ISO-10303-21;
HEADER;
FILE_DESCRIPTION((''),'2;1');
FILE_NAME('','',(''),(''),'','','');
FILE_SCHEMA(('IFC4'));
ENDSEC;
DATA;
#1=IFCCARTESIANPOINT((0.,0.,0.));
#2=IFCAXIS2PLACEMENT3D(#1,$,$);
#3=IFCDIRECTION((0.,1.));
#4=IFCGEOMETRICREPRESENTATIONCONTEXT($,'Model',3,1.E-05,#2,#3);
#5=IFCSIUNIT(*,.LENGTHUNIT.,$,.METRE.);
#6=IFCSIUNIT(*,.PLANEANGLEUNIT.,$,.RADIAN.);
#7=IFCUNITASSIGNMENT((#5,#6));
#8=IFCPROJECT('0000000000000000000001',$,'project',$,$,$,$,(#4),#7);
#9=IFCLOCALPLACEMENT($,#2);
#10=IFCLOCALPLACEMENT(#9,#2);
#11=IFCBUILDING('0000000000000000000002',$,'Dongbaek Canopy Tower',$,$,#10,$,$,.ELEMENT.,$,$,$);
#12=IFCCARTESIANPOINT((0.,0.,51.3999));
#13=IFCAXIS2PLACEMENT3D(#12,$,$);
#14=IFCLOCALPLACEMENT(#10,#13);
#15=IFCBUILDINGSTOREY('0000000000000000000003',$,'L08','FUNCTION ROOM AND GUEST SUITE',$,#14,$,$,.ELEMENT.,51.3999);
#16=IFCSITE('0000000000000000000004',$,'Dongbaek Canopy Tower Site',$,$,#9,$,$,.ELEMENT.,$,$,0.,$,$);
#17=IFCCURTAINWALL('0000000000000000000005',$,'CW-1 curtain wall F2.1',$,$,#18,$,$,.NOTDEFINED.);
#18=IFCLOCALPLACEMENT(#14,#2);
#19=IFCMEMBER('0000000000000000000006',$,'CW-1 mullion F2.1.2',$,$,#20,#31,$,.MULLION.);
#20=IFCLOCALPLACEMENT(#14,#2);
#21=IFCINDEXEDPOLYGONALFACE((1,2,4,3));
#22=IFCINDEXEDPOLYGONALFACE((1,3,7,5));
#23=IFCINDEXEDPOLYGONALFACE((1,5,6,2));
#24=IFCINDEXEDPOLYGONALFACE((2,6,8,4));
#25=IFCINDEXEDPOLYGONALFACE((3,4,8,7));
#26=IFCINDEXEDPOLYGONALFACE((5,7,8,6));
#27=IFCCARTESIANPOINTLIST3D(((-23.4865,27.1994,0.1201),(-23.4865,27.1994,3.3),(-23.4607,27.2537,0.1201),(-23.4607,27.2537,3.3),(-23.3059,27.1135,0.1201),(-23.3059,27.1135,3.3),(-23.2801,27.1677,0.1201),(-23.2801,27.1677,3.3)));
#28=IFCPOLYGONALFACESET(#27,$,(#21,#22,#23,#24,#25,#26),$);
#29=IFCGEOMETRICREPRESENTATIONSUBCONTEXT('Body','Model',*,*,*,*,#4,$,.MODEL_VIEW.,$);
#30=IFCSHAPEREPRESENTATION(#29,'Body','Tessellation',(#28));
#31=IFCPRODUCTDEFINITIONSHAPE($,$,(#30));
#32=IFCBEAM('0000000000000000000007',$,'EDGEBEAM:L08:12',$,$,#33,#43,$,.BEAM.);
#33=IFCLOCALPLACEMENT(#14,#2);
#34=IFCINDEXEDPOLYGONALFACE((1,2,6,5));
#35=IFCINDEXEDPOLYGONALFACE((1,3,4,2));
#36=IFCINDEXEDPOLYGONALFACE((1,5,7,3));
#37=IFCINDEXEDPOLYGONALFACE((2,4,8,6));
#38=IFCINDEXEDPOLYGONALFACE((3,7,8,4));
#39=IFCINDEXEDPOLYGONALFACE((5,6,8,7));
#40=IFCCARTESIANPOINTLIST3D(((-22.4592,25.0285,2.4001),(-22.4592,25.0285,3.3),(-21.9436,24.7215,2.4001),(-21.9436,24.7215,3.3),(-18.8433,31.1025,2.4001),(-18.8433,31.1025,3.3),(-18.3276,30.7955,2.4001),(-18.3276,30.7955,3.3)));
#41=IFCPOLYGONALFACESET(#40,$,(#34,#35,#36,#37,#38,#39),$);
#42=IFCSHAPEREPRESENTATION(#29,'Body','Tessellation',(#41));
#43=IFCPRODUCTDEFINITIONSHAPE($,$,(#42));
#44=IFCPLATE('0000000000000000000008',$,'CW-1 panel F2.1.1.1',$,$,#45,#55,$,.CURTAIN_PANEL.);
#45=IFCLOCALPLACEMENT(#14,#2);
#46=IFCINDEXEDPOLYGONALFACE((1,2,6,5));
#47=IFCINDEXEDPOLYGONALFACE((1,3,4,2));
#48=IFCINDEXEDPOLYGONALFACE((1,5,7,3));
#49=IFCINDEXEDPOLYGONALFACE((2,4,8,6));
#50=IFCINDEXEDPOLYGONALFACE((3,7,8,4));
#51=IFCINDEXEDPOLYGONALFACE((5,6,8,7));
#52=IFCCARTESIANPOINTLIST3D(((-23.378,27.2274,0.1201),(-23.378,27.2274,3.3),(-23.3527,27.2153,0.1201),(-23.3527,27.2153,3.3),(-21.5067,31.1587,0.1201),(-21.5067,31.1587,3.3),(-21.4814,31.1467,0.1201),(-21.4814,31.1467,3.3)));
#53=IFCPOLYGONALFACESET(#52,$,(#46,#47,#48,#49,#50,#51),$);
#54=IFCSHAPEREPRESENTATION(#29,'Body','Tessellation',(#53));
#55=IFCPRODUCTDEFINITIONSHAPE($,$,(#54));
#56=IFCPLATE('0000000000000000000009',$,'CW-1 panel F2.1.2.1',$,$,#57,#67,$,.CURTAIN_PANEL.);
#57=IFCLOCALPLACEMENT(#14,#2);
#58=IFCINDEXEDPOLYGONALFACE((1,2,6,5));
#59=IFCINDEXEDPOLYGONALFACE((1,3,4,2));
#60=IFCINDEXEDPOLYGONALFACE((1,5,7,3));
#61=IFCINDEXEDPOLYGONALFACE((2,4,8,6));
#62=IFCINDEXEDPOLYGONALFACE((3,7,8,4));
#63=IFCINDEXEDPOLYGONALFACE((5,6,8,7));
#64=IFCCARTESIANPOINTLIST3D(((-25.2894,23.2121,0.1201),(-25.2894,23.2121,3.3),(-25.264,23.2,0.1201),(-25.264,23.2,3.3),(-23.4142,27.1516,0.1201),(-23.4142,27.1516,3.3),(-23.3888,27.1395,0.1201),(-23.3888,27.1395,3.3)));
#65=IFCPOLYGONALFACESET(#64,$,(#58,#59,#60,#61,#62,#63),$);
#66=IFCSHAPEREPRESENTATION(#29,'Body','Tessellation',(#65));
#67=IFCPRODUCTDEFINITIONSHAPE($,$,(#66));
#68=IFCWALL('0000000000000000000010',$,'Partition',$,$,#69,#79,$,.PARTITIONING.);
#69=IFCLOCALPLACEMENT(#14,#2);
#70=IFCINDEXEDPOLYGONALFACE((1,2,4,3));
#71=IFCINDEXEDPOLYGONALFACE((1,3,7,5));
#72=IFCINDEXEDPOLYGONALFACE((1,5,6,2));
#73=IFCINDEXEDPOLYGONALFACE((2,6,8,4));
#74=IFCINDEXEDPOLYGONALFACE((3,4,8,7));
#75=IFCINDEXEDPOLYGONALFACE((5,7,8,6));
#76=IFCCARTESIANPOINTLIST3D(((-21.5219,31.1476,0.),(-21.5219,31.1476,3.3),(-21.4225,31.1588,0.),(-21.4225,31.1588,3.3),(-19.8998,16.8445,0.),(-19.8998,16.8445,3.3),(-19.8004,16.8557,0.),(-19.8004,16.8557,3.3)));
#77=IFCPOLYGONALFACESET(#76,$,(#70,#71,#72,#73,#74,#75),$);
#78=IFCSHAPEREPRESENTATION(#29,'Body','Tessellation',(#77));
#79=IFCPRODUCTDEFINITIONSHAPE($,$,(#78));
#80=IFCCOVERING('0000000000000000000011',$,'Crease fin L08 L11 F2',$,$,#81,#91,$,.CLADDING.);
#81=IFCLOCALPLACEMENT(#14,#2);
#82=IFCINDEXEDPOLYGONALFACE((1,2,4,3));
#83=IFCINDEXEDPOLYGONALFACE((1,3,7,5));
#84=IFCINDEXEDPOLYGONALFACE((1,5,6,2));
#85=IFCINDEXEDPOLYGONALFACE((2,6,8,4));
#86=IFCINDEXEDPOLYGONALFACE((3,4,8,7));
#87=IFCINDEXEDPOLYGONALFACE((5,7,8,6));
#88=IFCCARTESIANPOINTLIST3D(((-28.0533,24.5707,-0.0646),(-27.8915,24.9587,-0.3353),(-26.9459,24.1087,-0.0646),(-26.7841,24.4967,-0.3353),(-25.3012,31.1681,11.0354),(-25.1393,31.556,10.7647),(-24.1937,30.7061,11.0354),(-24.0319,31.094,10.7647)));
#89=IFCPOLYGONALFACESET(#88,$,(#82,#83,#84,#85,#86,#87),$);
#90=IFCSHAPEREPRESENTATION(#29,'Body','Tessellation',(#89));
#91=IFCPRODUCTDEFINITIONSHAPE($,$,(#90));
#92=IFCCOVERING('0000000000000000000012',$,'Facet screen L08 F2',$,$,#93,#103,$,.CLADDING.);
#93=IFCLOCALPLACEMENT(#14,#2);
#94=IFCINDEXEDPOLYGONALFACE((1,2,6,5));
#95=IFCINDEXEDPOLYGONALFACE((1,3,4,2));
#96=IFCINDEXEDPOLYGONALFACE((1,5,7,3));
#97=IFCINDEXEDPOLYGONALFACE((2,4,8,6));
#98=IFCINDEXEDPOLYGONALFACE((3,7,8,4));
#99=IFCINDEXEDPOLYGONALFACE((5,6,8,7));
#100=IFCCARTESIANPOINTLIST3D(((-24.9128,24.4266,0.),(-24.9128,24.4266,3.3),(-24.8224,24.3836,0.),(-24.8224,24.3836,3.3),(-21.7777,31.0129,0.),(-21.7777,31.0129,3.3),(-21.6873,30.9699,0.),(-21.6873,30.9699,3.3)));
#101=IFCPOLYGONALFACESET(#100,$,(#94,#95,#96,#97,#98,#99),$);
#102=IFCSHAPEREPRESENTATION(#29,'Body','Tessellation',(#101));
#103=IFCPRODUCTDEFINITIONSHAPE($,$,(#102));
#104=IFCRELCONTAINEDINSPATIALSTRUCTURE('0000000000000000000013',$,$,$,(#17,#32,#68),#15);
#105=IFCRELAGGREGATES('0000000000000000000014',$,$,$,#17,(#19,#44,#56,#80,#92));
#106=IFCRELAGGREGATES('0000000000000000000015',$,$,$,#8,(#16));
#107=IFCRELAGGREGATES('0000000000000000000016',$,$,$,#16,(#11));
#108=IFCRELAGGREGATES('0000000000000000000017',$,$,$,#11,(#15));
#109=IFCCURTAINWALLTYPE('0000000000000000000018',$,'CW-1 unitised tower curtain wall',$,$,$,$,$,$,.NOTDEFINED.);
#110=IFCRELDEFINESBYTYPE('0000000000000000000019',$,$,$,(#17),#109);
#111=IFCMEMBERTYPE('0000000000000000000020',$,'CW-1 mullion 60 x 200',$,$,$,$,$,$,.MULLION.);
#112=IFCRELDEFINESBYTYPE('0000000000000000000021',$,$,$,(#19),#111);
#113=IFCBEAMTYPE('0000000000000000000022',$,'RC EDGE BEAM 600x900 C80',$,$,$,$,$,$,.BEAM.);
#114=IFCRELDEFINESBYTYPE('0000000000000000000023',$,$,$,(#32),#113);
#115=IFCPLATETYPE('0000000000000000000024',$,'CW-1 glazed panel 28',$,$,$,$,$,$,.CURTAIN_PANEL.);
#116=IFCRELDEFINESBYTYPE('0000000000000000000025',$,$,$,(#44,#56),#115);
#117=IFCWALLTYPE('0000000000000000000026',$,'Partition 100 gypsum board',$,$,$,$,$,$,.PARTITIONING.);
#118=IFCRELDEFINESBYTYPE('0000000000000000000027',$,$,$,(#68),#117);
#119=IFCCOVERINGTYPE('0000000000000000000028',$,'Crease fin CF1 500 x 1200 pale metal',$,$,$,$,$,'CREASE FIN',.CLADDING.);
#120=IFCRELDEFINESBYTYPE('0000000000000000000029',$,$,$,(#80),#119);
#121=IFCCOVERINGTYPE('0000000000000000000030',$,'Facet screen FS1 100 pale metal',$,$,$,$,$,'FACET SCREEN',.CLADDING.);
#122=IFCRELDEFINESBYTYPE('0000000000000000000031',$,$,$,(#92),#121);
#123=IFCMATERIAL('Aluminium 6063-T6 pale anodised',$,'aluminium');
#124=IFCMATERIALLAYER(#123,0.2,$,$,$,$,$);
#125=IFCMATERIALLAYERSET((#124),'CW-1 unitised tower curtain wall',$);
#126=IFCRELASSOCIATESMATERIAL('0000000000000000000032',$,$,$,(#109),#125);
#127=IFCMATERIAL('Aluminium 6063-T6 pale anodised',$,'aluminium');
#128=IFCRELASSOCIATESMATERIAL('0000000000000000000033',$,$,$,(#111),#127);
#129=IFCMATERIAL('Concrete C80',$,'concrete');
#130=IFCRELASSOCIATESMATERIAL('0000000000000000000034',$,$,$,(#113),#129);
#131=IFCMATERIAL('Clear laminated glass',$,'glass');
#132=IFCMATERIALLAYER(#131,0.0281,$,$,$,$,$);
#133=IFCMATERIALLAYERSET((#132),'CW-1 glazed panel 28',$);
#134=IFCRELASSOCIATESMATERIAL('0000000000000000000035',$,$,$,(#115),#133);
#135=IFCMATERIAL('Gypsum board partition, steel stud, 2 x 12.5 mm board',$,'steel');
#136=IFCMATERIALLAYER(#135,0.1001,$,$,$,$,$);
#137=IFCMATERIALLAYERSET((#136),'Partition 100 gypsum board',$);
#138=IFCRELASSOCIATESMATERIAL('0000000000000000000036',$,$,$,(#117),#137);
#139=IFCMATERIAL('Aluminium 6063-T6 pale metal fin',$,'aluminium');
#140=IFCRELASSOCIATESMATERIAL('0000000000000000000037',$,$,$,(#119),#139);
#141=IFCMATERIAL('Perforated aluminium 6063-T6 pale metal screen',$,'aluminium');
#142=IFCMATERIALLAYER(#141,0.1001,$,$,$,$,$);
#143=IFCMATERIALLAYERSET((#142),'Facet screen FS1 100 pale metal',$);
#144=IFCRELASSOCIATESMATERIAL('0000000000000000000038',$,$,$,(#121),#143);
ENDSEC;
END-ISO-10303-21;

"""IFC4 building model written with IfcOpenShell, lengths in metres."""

from ifc_helpers import new_model, si_unit, direction, frame, frame_2d, origin, origin_2d, place, context, subcontext, project, spatial, rectangle, extrude, material, layer, layer_set, material_profile, profile_set, type_object, element, aggregate, save


model = new_model("IFC4")

# Units and contexts
model_context = context("Model", 3, precision=1e-05, world=origin(), true_north=direction((0.0, 1.0)))
body_context = subcontext(model_context, "Body", "Model", "MODEL_VIEW")
ifc_project = project(units=[si_unit("LENGTHUNIT", "METRE"), si_unit("PLANEANGLEUNIT", "RADIAN")], contexts=[model_context])

# Site, building, storey
site_placement = place(None, origin())
site = spatial("IfcSite", under=ifc_project, at=site_placement, Name="Dongbaek Canopy Tower Site", CompositionType="ELEMENT", RefElevation=0.0)
building_placement = place(site_placement, origin())
building = spatial("IfcBuilding", under=site, at=building_placement, Name="Dongbaek Canopy Tower", CompositionType="ELEMENT")
storey_placement = place(building_placement, frame((0.0, 0.0, 51.3999)))
storey = spatial("IfcBuildingStorey", under=building, at=storey_placement, Name="L08", Description="FUNCTION ROOM AND GUEST SUITE", CompositionType="ELEMENT", Elevation=51.3999)

# Curtain wall, member
ifc_material_1 = material(Name="Aluminium 6063-T6 pale anodised", Category="aluminium")
ifc_layer_1 = layer(ifc_material_1, 0.2)
ifc_layer_set_1 = layer_set([ifc_layer_1], Name="CW-1 unitised tower curtain wall")
curtain_wall_type = type_object("IfcCurtainWallType", Name="CW-1 unitised tower curtain wall", PredefinedType="NOTDEFINED", material=ifc_layer_set_1)
curtain_wall_placement = place(storey_placement, origin())
curtain_wall = element("IfcCurtainWall", 1, at=curtain_wall_placement, inside=storey, type_object=curtain_wall_type, Name="CW-1 curtain wall F2.1", PredefinedType="NOTDEFINED")
ifc_material_2 = material(Name="Aluminium 6063-T6 pale anodised", Category="aluminium")
ifc_material_profile_1 = material_profile(ifc_material_2, rectangle(XDim=0.2, YDim=0.0601, at=origin_2d()), Name="CW-1 mullion 60 x 200")
ifc_profile_set_1 = profile_set([ifc_material_profile_1], Name="Aluminium 6063-T6 pale anodised")
member_type = type_object("IfcMemberType", Name="CW-1 mullion 60 x 200", PredefinedType="MULLION", material=ifc_profile_set_1)
member_placement = place(storey_placement, frame((-23.3833, 27.1836, 0.1201), z_axis=(0.0, 0.0, 1.0), x_axis=(-0.902929, 0.42979, 0.0)))
member = element("IfcMember", 2, at=member_placement, type_object=member_type, Name="CW-1 mullion F2.1.2", PredefinedType="MULLION", context=body_context, shape_type="SweptSolid", body=[
    extrude(rectangle(XDim=0.2, YDim=0.0601, at=origin_2d()), origin(), (0.0, 0.0, 1.0), 3.1799),
])

# Beam
ifc_material_3 = material(Name="Concrete C80", Category="concrete")
ifc_material_profile_2 = material_profile(ifc_material_3, rectangle(XDim=0.6001, YDim=0.8999, at=origin_2d()), Name="RC EDGE BEAM 600x900 C80")
ifc_profile_set_2 = profile_set([ifc_material_profile_2], Name="Concrete C80")
beam_type = type_object("IfcBeamType", Name="RC EDGE BEAM 600x900 C80", PredefinedType="BEAM", material=ifc_profile_set_2)
beam_placement = place(storey_placement, frame((-22.2014, 24.875, 2.8501), z_axis=(0.511537, 0.859261, 0.0), x_axis=(-0.859261, 0.511537, 0.0)))
element("IfcBeam", 3, at=beam_placement, inside=storey, type_object=beam_type, Name="EDGEBEAM:L08:12", PredefinedType="BEAM", context=body_context, shape_type="SweptSolid", body=[
    extrude(rectangle(XDim=0.6001, YDim=0.8999, at=origin_2d()), origin(), (0.0, 0.0, 1.0), 7.0688),
])

# Plates
ifc_material_4 = material(Name="Clear laminated glass", Category="glass")
ifc_layer_2 = layer(ifc_material_4, 0.0281)
ifc_layer_set_2 = layer_set([ifc_layer_2], Name="CW-1 glazed panel 28")
plate_type = type_object("IfcPlateType", Name="CW-1 glazed panel 28", PredefinedType="CURTAIN_PANEL", material=ifc_layer_set_2)
plate_1_placement = place(storey_placement, frame((-22.4297, 29.187, 0.1201), z_axis=(0.0, 0.0, 1.0), x_axis=(-0.42979, -0.902929, 0.0)))
plate_1 = element("IfcPlate", 4, at=plate_1_placement, type_object=plate_type, Name="CW-1 panel F2.1.1.1", PredefinedType="CURTAIN_PANEL", context=body_context, shape_type="SweptSolid", body=[
    extrude(rectangle(XDim=4.354, YDim=0.0281, at=origin_2d()), origin(), (0.0, 0.0, 1.0), 3.1799),
])
plate_2_placement = place(storey_placement, frame((-24.3391, 25.1758, 0.1201), z_axis=(0.0, 0.0, 1.0), x_axis=(-0.42979, -0.902929, 0.0)))
plate_2 = element("IfcPlate", 5, at=plate_2_placement, type_object=plate_type, Name="CW-1 panel F2.1.2.1", PredefinedType="CURTAIN_PANEL", context=body_context, shape_type="SweptSolid", body=[
    extrude(rectangle(XDim=4.363, YDim=0.0281, at=origin_2d()), origin(), (0.0, 0.0, 1.0), 3.1799),
])

# Wall
ifc_material_5 = material(Name="Gypsum board partition, steel stud, 2 x 12.5 mm board", Category="steel")
ifc_layer_3 = layer(ifc_material_5, 0.1001)
ifc_layer_set_3 = layer_set([ifc_layer_3], Name="Partition 100 gypsum board")
wall_type = type_object("IfcWallType", Name="Partition 100 gypsum board", PredefinedType="PARTITIONING", material=ifc_layer_set_3)
wall_placement = place(storey_placement, frame((-21.4722, 31.1531, 0.0), z_axis=(0.0, 0.0, 1.0), x_axis=(0.112686, -0.993631, 0.0)))
element("IfcWall", 6, at=wall_placement, inside=storey, type_object=wall_type, Name="Partition", PredefinedType="PARTITIONING", context=body_context, shape_type="SweptSolid", body=[
    extrude(rectangle(XDim=14.3948, YDim=0.1001, at=frame_2d((7.1973, 0.0))), origin(), (0.0, 0.0, 1.0), 3.3),
])

# Coverings
ifc_material_6 = material(Name="Aluminium 6063-T6 pale metal fin", Category="aluminium")
ifc_material_profile_3 = material_profile(ifc_material_6, rectangle(XDim=1.2, YDim=0.5, at=origin_2d()), Name="Crease fin CF1 500 x 1200 pale metal")
ifc_profile_set_3 = profile_set([ifc_material_profile_3], Name="Aluminium 6063-T6 pale metal fin")
covering_type_1 = type_object("IfcCoveringType", Name="Crease fin CF1 500 x 1200 pale metal", ElementType="CREASE FIN", PredefinedType="CLADDING", material=ifc_profile_set_3)
covering_1_placement = place(storey_placement, frame((-27.4187, 24.5337, -0.2), z_axis=(0.208456, 0.4997, 0.840741), x_axis=(-0.922914, 0.385006, 0.0)))
covering_1 = element("IfcCovering", 7, at=covering_1_placement, type_object=covering_type_1, Name="Crease fin L08 L11 F2", PredefinedType="CLADDING", context=body_context, shape_type="SweptSolid", body=[
    extrude(rectangle(XDim=1.2, YDim=0.5, at=origin_2d()), origin(), (0.0, 0.0, 1.0), 13.2026),
])
ifc_material_7 = material(Name="Perforated aluminium 6063-T6 pale metal screen", Category="aluminium")
ifc_layer_4 = layer(ifc_material_7, 0.1001)
ifc_layer_set_4 = layer_set([ifc_layer_4], Name="Facet screen FS1 100 pale metal")
covering_type_2 = type_object("IfcCoveringType", Name="Facet screen FS1 100 pale metal", ElementType="FACET SCREEN", PredefinedType="CLADDING", material=ifc_layer_set_4)
covering_2_placement = place(storey_placement, frame((-23.3, 27.6982, 0.0), z_axis=(0.0, 0.0, 1.0), x_axis=(-0.429789, -0.902929, 0.0)))
covering_2 = element("IfcCovering", 8, at=covering_2_placement, type_object=covering_type_2, Name="Facet screen L08 F2", PredefinedType="CLADDING", context=body_context, shape_type="SweptSolid", body=[
    extrude(rectangle(XDim=7.2944, YDim=0.1001, at=origin_2d()), origin(), (0.0, 0.0, 1.0), 3.3),
])
aggregate(curtain_wall, [member, plate_1, plate_2, covering_1, covering_2])

save(model, "model.ifc")
